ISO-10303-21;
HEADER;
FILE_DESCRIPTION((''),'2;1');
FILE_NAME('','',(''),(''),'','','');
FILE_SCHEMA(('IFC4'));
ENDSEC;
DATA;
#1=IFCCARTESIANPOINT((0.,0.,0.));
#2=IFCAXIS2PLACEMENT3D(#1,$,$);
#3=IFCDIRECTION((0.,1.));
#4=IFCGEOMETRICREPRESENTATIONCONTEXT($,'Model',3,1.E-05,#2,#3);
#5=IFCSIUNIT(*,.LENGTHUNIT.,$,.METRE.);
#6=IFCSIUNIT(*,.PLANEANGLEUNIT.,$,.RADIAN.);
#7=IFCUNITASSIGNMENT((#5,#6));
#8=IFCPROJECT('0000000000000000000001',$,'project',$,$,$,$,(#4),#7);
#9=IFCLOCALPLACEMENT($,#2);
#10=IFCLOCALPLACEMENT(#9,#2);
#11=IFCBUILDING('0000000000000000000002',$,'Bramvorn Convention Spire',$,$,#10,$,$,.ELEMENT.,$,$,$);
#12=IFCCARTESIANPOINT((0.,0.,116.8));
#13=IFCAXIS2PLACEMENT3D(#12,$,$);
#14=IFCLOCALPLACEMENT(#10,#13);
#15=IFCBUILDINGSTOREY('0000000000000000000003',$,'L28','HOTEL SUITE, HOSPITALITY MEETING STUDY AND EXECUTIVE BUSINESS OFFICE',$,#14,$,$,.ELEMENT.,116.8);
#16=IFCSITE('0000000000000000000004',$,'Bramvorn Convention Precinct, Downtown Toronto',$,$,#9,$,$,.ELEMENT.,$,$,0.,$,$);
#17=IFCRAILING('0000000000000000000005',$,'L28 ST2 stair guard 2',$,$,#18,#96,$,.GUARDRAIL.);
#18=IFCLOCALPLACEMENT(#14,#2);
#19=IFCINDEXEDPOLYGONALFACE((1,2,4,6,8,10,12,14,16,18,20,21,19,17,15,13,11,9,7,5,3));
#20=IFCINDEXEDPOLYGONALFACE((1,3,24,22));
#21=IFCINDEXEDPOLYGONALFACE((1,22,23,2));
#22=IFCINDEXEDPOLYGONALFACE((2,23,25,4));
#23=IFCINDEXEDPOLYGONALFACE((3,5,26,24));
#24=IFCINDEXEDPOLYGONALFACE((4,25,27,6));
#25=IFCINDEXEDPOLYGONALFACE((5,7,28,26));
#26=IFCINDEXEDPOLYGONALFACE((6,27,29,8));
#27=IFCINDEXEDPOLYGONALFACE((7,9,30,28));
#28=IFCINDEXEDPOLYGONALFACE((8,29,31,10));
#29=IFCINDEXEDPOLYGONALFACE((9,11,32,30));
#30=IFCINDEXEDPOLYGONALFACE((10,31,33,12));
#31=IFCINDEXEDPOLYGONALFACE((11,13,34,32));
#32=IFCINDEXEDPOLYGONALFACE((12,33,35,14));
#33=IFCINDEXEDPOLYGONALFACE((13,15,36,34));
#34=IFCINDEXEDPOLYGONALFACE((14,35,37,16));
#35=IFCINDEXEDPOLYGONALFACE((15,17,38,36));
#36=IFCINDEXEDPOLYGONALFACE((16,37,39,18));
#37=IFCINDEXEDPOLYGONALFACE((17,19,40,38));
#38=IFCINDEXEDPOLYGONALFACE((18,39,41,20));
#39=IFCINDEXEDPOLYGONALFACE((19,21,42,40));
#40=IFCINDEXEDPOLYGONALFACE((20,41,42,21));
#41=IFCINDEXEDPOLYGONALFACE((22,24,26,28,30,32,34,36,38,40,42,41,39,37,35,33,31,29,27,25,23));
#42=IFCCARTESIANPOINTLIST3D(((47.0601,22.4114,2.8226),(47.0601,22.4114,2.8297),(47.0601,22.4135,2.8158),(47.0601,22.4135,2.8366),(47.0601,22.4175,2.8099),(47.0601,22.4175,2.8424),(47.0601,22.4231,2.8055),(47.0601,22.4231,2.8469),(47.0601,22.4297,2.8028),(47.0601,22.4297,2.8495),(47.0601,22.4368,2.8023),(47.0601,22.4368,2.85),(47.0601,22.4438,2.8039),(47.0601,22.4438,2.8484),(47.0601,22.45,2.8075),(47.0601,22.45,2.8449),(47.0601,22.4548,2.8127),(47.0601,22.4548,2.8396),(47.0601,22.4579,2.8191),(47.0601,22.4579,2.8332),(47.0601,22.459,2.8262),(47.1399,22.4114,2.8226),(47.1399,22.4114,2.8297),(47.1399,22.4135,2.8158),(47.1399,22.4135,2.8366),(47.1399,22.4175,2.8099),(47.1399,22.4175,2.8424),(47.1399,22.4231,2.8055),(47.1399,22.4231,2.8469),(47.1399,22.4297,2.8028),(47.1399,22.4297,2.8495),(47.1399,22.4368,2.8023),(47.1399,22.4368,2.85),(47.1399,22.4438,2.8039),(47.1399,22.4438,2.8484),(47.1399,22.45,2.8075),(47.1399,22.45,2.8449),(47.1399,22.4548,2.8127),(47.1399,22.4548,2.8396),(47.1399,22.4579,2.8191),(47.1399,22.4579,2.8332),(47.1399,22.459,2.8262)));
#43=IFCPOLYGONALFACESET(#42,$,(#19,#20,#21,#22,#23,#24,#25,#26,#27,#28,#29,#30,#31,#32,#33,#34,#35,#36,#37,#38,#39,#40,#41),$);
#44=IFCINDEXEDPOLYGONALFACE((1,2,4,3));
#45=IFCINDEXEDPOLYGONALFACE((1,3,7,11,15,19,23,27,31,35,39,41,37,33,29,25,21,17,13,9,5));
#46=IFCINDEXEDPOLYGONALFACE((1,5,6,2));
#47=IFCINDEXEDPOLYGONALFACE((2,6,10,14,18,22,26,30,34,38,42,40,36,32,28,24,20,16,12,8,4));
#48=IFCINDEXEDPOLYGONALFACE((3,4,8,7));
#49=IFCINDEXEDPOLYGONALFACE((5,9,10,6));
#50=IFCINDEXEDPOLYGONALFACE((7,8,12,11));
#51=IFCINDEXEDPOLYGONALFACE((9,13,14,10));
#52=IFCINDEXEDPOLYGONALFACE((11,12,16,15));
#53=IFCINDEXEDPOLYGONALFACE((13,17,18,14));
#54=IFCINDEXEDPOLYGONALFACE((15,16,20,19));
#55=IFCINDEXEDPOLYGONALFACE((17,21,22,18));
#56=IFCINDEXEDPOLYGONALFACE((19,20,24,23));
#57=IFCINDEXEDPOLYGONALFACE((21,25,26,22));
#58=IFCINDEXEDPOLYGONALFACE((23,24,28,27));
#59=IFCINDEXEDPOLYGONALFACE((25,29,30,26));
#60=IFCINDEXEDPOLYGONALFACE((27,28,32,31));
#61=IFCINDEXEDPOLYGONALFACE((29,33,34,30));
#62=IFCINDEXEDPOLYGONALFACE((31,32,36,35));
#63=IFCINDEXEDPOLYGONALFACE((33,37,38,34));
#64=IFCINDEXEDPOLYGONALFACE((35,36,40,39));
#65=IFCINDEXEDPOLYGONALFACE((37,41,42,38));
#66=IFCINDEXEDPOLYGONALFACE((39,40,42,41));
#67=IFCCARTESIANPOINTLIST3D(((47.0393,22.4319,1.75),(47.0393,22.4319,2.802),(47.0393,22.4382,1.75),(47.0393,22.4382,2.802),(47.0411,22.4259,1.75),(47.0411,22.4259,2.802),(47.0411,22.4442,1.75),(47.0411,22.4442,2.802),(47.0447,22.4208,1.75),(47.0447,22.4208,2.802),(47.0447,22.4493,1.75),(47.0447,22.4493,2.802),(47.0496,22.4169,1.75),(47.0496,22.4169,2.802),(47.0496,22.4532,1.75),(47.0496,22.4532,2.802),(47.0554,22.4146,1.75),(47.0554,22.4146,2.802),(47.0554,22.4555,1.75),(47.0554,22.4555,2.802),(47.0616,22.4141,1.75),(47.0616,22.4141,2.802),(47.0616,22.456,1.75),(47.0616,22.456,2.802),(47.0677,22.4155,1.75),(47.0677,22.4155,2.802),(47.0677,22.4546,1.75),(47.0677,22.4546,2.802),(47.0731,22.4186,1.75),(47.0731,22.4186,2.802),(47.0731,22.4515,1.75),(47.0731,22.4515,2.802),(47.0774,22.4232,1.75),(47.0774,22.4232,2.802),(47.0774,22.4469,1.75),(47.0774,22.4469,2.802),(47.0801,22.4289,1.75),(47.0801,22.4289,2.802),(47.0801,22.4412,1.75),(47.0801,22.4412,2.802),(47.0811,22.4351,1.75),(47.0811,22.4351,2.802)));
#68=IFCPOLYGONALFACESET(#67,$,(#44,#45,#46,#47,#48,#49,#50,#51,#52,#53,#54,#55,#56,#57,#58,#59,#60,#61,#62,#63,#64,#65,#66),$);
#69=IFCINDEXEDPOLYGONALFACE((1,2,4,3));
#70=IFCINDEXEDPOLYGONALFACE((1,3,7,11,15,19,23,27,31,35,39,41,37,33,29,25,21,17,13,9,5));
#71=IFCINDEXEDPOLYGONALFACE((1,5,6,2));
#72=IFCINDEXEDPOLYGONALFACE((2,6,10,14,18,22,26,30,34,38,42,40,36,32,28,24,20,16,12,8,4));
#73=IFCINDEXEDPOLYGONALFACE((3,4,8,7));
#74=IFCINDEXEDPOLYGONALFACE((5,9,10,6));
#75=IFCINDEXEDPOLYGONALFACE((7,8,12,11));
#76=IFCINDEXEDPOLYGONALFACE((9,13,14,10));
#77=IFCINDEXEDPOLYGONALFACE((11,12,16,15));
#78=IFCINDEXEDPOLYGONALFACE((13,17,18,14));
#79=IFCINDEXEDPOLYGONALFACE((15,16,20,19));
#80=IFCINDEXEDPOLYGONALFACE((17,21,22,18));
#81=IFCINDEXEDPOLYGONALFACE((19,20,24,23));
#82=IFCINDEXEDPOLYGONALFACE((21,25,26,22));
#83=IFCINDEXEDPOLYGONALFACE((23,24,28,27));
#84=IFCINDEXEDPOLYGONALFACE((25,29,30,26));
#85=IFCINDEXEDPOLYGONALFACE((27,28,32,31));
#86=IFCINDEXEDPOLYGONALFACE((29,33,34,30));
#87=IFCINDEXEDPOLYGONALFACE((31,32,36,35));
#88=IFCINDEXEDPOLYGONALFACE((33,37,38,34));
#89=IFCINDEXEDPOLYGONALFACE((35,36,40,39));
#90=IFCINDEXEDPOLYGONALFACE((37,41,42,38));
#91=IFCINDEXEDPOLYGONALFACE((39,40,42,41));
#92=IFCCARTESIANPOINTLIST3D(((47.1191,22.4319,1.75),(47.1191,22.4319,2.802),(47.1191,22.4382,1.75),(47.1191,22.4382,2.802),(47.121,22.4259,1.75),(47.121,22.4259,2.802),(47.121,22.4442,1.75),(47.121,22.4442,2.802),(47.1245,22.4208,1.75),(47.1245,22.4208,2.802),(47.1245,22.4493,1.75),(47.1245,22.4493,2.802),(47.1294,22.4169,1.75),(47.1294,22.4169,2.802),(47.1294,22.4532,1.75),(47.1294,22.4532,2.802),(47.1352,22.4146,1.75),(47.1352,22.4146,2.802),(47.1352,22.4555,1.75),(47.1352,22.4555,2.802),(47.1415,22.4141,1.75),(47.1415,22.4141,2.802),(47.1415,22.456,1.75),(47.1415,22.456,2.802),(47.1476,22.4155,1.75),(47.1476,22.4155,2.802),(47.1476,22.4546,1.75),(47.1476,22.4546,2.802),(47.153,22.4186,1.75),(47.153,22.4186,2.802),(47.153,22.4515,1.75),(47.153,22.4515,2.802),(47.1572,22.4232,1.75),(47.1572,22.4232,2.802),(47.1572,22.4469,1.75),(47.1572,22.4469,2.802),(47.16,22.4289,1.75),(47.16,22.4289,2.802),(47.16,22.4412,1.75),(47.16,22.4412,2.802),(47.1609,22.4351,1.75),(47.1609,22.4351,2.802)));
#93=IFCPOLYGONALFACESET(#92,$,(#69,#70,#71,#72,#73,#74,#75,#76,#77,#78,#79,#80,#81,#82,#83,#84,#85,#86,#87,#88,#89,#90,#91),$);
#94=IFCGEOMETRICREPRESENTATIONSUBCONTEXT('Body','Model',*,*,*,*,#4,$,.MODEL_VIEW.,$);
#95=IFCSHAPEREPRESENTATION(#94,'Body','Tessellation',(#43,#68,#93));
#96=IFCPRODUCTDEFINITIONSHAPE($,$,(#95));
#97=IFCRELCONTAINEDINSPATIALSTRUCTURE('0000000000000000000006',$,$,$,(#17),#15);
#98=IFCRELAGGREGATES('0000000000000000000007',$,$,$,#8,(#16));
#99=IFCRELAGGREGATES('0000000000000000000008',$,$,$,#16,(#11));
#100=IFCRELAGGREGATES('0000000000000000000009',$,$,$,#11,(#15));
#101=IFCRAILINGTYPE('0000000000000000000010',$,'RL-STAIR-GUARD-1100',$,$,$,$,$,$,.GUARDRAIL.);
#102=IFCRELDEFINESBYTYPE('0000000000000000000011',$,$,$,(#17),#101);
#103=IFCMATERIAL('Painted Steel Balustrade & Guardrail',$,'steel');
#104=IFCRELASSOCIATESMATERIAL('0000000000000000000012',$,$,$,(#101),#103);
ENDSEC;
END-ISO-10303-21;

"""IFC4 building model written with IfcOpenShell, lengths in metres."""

from ifc_helpers import new_model, si_unit, direction, frame, origin, origin_2d, place, context, subcontext, project, spatial, circle, extrude, material, type_object, element, save


model = new_model("IFC4")

# Units and contexts
model_context = context("Model", 3, precision=1e-05, world=origin(), true_north=direction((0.0, 1.0)))
body_context = subcontext(model_context, "Body", "Model", "MODEL_VIEW")
ifc_project = project(units=[si_unit("LENGTHUNIT", "METRE"), si_unit("PLANEANGLEUNIT", "RADIAN")], contexts=[model_context])

# Site, building, storey
site_placement = place(None, origin())
site = spatial("IfcSite", under=ifc_project, at=site_placement, Name="Bramvorn Convention Precinct, Downtown Toronto", CompositionType="ELEMENT", RefElevation=0.0)
building_placement = place(site_placement, origin())
building = spatial("IfcBuilding", under=site, at=building_placement, Name="Bramvorn Convention Spire", CompositionType="ELEMENT")
storey_placement = place(building_placement, frame((0.0, 0.0, 116.8)))
storey = spatial("IfcBuildingStorey", under=building, at=storey_placement, Name="L28", Description="HOTEL SUITE, HOSPITALITY MEETING STUDY AND EXECUTIVE BUSINESS OFFICE", CompositionType="ELEMENT", Elevation=116.8)

# Railing
ifc_material_1 = material(Name="Painted Steel Balustrade & Guardrail", Category="steel")
railing_type_1 = type_object("IfcRailingType", Name="RL-STAIR-GUARD-1100", PredefinedType="GUARDRAIL", material=ifc_material_1)
railing_1_placement = place(storey_placement, frame((47.0601, 22.4351, 1.75)))
element("IfcRailing", 1, at=railing_1_placement, inside=storey, type_object=railing_type_1, Name="L28 ST2 stair guard 2", PredefinedType="GUARDRAIL", context=body_context, shape_type="SweptSolid", body=[
    extrude(circle(Radius=0.0239, at=origin_2d()), frame((0.0, 0.0, 1.0762), z_axis=(1.0, 0.0, 0.0), x_axis=(0.0, 1.0, 0.0)), (0.0, 0.0, 1.0), 0.0798),
    extrude(circle(Radius=0.021, at=origin_2d()), origin(), (0.0, 0.0, 1.0), 1.052),
    extrude(circle(Radius=0.021, at=origin_2d()), frame((0.0798, 0.0, 0.0)), (0.0, 0.0, 1.0), 1.052),
])

save(model, "model.ifc")
